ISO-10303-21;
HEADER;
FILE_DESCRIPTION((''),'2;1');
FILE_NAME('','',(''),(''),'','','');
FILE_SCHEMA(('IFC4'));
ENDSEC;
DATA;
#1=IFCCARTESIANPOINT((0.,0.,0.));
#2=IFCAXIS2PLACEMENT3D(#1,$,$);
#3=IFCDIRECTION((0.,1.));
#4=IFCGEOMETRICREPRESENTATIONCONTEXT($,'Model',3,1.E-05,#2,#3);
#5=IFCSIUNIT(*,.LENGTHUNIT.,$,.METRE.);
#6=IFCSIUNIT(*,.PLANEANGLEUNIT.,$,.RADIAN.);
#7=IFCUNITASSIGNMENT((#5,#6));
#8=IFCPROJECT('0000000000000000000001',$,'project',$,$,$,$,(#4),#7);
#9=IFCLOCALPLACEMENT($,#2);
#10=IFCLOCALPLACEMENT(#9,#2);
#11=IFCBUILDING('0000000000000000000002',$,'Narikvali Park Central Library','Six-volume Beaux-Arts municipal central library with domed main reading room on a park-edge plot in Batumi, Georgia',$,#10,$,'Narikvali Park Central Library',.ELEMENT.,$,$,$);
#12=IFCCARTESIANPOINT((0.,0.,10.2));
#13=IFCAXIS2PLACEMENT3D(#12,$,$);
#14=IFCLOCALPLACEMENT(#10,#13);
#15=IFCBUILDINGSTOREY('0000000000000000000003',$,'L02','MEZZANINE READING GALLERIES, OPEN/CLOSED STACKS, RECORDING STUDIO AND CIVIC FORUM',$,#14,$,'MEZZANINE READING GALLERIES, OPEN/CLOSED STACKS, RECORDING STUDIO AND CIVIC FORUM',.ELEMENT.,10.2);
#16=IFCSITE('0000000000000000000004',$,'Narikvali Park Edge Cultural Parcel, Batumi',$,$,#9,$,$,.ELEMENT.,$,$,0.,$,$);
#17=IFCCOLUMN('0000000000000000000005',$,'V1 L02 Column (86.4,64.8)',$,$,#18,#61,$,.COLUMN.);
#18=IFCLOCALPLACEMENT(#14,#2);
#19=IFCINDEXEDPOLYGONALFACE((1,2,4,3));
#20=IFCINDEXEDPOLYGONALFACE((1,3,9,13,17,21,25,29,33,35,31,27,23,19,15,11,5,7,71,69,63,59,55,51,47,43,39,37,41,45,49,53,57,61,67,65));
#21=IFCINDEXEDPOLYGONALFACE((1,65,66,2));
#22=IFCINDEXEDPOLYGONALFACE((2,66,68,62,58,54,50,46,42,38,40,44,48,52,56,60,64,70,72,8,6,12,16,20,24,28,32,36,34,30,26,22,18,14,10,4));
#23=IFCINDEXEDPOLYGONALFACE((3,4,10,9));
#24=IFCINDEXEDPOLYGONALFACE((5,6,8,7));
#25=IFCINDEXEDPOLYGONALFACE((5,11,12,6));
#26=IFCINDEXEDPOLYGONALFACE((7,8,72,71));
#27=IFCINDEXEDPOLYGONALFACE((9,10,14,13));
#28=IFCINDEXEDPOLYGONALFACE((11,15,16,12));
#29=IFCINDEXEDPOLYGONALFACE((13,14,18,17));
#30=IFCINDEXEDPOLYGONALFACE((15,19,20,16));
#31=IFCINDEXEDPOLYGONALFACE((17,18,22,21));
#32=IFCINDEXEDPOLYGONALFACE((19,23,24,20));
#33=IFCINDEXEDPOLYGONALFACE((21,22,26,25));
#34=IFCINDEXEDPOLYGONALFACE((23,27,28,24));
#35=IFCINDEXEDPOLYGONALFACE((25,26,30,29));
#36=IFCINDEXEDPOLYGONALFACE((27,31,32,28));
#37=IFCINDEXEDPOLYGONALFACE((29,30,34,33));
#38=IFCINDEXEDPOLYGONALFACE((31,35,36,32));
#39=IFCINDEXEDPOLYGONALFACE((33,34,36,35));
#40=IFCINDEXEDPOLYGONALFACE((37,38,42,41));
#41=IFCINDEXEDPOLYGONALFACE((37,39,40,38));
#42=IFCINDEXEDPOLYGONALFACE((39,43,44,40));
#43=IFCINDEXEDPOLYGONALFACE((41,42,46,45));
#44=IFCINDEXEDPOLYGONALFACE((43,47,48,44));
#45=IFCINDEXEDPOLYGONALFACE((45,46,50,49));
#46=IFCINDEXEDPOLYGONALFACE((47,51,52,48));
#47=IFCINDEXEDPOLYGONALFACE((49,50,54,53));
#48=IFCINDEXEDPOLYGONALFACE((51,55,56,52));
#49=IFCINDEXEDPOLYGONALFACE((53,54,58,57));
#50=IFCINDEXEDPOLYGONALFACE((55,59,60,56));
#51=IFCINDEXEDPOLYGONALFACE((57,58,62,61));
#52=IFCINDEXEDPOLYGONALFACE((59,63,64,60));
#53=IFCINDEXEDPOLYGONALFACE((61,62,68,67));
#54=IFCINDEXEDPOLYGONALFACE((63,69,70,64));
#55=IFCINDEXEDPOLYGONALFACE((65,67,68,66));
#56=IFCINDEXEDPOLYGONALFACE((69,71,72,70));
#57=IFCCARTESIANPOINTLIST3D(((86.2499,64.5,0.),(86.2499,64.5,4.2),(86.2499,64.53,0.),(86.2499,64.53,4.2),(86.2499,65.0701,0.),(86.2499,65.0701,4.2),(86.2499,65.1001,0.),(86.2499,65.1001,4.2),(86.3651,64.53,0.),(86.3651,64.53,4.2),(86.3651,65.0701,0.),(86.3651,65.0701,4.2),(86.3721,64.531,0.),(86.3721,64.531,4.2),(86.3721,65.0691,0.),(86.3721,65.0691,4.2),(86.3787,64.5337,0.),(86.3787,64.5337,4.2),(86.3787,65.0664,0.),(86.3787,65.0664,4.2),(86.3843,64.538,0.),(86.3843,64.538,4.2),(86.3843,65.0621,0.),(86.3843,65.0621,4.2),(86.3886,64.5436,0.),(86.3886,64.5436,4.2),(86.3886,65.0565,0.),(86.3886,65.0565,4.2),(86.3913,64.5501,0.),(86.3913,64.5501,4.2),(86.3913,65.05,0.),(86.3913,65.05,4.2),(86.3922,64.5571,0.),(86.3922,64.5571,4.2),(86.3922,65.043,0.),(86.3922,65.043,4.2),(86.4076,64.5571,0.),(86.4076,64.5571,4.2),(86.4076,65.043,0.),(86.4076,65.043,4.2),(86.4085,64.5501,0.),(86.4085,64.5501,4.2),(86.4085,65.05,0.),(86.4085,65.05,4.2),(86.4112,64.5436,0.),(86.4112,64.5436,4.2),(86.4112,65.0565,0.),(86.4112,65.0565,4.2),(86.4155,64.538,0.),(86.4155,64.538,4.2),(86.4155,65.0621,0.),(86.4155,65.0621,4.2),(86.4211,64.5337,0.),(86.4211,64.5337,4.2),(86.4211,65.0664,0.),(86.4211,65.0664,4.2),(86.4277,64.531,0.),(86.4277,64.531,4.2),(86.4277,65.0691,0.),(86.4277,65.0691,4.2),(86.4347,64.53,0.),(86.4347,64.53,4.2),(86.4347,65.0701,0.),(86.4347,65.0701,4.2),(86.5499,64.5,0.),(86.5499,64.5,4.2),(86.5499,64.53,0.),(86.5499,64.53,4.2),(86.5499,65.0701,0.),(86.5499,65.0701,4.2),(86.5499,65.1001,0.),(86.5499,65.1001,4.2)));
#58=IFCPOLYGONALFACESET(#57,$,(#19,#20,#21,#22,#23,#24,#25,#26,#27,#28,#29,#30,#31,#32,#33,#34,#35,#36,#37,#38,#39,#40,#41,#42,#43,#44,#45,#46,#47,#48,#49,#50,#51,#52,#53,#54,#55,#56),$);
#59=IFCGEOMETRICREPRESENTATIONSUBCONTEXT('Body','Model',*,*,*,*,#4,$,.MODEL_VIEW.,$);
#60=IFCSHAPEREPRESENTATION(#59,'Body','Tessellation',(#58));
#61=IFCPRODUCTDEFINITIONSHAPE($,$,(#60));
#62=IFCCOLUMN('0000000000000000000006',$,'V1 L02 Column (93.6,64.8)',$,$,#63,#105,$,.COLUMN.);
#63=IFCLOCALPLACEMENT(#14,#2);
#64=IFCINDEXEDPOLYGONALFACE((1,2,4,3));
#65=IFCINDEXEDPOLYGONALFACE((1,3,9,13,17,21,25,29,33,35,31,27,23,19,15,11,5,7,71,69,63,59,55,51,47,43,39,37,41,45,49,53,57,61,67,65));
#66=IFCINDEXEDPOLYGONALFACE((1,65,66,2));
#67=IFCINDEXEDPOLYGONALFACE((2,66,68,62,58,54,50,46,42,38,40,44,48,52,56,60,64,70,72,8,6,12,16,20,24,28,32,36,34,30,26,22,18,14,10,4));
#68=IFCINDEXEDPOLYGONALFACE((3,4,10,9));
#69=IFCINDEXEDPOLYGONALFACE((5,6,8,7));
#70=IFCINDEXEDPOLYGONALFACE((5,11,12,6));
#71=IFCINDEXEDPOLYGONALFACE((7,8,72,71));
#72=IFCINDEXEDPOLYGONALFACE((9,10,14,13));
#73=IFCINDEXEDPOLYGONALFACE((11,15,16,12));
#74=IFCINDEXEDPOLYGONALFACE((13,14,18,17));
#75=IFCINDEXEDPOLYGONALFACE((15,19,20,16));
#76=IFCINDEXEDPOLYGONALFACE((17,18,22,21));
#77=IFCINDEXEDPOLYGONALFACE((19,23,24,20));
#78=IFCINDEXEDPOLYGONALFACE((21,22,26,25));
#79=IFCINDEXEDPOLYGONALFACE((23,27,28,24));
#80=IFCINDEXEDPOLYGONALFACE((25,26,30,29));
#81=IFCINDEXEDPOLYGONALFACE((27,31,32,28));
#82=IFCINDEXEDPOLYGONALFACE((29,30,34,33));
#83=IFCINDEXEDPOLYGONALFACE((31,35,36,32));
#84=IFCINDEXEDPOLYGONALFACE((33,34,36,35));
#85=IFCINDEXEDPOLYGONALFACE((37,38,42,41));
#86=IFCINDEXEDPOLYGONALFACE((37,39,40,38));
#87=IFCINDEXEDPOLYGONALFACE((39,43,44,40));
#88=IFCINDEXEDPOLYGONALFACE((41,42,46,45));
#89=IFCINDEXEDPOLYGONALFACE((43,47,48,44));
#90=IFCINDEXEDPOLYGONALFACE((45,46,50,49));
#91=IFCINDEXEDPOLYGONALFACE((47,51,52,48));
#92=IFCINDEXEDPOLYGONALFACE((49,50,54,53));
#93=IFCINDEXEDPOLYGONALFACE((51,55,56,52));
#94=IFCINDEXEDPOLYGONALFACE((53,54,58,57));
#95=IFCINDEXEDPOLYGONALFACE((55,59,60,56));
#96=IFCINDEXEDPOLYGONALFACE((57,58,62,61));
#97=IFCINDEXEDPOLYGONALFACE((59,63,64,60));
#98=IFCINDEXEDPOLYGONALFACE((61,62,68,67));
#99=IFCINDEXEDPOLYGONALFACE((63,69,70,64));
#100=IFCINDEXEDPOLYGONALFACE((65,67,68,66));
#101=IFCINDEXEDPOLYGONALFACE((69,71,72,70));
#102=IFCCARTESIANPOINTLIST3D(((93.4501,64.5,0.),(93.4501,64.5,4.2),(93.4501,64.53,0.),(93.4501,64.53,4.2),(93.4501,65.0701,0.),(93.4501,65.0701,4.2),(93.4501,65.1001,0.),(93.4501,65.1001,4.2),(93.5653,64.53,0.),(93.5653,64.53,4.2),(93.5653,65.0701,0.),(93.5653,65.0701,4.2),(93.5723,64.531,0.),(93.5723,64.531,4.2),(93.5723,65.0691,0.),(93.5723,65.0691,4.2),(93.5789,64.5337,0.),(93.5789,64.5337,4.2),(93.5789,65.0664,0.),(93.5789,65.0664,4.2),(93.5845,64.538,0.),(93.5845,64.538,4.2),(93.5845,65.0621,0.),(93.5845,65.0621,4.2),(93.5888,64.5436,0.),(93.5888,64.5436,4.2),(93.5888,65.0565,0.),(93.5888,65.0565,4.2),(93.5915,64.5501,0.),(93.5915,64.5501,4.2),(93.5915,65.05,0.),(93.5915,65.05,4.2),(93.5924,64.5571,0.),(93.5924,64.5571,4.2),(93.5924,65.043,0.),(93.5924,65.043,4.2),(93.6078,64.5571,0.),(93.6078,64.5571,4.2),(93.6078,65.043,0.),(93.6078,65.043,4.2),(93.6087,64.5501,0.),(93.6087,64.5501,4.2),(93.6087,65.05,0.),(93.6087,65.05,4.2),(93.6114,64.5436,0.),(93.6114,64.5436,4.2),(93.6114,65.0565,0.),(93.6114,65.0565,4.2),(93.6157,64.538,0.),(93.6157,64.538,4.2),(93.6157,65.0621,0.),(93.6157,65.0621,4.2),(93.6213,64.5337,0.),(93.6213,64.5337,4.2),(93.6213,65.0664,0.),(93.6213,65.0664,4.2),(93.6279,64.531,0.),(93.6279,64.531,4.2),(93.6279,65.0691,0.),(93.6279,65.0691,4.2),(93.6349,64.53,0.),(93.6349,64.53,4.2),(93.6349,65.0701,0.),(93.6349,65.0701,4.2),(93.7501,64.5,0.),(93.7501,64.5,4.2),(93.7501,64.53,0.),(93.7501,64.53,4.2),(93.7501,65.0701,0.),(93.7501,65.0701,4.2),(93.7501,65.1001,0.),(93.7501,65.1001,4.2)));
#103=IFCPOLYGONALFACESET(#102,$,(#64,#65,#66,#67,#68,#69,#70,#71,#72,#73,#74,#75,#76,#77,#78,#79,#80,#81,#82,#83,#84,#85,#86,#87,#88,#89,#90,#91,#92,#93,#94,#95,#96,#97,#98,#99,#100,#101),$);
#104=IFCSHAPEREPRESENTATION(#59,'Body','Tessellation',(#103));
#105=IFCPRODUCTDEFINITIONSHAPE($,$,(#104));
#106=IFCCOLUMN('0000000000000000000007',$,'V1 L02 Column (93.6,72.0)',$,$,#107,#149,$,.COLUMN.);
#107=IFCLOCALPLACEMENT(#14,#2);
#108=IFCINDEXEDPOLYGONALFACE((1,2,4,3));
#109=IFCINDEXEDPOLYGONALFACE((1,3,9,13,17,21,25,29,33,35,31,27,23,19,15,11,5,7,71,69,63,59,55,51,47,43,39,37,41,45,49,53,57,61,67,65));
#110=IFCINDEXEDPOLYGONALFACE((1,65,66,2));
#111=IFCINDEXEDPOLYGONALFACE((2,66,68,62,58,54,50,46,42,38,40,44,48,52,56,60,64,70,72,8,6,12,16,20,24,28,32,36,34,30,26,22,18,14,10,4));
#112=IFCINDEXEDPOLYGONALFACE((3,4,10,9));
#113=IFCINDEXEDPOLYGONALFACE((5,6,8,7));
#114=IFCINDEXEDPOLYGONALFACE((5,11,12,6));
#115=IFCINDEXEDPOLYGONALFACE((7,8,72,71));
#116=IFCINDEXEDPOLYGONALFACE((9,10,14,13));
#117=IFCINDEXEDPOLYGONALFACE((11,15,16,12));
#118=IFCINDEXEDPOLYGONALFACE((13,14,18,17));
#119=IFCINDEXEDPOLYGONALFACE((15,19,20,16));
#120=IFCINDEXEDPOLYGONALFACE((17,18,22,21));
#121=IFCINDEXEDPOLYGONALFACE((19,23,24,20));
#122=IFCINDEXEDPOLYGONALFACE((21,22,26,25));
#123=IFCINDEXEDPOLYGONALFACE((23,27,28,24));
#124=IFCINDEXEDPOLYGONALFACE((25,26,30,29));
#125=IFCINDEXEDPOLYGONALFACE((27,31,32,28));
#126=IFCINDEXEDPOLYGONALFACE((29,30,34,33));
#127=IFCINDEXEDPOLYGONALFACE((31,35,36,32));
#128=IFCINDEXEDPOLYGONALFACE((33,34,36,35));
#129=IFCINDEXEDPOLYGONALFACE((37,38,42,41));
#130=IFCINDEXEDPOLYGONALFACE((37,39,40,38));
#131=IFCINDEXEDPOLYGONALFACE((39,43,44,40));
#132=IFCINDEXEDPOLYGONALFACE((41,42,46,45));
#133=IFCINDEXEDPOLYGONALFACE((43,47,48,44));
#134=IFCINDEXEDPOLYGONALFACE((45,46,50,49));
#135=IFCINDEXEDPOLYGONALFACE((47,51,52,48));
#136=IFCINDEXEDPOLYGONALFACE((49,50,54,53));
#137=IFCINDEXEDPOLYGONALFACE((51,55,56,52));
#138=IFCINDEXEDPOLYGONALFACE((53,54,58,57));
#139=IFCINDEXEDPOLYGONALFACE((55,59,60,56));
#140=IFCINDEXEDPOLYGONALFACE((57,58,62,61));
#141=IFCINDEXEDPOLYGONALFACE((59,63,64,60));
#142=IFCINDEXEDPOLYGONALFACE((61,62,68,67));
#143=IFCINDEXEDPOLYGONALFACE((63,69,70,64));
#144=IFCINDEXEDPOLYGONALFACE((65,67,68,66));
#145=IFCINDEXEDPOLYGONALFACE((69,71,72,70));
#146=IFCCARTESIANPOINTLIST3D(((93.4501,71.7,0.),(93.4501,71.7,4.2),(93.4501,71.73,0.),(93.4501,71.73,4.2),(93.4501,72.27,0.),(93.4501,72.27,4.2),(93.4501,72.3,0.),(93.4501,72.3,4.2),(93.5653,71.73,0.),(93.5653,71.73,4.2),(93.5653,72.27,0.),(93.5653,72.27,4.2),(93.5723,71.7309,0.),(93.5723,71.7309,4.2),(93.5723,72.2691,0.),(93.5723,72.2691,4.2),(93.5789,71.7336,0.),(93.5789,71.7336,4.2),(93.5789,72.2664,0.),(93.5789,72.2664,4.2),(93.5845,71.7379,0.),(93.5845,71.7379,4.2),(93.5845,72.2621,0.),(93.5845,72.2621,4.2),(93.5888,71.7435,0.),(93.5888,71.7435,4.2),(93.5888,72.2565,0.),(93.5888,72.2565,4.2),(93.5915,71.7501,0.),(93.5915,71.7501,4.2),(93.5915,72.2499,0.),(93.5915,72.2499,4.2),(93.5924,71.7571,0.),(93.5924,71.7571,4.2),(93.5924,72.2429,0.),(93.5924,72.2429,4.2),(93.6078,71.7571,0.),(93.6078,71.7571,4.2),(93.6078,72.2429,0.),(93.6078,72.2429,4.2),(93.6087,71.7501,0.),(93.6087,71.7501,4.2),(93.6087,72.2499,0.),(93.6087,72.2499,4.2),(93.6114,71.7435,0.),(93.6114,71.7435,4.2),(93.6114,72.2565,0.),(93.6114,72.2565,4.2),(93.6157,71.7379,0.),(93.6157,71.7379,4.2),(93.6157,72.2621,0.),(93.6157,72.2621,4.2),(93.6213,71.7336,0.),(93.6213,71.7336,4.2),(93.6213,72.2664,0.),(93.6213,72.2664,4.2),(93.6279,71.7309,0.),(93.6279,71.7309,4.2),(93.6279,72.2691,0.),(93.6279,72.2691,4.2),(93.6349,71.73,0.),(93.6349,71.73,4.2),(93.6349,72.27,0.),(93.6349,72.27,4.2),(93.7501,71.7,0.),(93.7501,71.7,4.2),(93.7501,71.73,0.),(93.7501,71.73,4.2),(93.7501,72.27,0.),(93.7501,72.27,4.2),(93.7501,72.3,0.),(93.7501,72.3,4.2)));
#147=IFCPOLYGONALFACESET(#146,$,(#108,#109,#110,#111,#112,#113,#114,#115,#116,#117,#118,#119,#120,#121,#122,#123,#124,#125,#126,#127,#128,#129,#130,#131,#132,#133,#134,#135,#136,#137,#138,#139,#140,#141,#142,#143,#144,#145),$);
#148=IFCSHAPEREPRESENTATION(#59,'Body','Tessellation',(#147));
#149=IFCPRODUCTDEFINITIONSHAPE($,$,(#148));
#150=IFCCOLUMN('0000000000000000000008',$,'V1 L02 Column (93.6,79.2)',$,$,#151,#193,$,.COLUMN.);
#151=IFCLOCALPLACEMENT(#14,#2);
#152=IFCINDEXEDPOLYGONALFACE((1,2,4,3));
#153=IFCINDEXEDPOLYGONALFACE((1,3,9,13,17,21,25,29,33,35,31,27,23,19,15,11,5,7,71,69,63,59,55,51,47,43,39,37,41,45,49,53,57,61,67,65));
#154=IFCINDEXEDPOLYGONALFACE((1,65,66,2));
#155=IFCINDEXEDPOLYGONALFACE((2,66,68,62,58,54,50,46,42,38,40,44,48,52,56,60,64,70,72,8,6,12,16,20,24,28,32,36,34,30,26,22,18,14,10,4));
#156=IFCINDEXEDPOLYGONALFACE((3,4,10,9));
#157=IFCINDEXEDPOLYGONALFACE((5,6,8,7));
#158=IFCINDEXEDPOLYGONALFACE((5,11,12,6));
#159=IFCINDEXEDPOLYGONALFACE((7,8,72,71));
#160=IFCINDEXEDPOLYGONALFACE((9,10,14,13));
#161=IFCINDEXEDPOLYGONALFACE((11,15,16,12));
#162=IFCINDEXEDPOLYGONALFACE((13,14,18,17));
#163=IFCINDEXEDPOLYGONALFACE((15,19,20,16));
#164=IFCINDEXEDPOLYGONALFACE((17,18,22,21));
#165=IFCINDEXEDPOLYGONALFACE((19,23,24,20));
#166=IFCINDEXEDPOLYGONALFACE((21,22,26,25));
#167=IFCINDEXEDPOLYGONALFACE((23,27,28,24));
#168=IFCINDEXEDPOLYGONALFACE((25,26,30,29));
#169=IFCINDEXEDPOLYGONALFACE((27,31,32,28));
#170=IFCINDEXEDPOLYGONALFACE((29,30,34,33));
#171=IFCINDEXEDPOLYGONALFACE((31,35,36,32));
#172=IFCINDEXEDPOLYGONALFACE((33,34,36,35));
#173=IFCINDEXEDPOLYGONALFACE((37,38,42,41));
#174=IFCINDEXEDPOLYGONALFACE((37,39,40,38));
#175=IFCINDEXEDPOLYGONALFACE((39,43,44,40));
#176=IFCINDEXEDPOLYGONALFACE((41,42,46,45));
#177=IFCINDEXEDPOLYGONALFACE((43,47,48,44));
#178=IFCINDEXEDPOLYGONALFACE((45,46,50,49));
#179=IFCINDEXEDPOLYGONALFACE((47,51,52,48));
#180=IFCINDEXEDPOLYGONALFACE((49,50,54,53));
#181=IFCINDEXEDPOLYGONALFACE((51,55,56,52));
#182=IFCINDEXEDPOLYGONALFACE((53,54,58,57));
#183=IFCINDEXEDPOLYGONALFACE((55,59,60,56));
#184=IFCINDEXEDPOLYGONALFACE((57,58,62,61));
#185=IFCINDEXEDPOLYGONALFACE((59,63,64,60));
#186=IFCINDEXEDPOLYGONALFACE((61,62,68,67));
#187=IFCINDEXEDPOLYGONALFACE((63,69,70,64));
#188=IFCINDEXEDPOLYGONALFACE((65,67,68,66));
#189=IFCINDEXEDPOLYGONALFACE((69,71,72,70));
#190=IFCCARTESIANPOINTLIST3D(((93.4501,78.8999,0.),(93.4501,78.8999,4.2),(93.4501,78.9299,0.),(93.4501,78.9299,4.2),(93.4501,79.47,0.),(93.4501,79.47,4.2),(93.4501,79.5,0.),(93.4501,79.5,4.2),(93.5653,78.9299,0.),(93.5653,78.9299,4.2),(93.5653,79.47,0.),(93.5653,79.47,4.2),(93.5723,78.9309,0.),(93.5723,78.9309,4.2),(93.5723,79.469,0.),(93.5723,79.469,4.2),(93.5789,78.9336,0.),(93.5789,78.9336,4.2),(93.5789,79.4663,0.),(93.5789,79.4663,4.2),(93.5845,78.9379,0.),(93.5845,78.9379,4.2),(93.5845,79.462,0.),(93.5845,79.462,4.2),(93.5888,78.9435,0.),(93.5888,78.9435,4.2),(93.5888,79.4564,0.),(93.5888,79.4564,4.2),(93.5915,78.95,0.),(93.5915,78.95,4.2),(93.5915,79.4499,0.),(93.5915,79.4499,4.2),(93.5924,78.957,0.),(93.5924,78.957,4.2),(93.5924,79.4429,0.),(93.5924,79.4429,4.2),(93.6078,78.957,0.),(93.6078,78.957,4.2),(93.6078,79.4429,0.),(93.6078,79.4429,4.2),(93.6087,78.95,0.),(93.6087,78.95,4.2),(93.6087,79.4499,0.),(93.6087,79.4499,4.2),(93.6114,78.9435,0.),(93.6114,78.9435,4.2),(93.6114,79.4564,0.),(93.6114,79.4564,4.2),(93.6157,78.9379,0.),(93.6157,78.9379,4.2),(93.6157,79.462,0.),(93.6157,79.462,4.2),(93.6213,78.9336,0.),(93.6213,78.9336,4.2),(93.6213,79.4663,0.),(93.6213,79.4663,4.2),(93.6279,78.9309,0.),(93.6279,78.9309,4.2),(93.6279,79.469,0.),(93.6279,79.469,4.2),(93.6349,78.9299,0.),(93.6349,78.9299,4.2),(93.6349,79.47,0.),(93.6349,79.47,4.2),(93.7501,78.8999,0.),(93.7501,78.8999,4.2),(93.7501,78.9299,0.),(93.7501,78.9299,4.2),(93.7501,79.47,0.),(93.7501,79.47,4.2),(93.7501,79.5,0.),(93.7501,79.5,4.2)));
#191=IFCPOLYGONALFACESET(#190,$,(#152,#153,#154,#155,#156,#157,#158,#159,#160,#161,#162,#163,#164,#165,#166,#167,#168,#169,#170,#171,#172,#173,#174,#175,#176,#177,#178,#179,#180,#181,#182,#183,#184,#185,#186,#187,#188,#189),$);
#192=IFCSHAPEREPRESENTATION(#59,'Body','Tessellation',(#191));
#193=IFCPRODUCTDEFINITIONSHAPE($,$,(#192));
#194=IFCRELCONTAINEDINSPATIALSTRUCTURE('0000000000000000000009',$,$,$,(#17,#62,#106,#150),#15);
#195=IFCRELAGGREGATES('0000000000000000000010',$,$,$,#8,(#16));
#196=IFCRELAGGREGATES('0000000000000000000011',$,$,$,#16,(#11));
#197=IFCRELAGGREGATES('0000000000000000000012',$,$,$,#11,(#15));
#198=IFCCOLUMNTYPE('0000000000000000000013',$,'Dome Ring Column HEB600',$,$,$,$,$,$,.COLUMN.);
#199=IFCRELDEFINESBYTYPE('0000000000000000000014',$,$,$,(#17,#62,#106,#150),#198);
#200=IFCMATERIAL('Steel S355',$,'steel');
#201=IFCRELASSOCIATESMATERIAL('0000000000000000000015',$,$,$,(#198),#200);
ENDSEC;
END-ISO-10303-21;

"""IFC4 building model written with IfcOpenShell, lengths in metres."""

from ifc_helpers import new_model, si_unit, direction, frame, origin, origin_2d, place, context, subcontext, project, spatial, i_section, extrude, material, material_profile, profile_set, type_object, element, save


model = new_model("IFC4")

# Units and contexts
model_context = context("Model", 3, precision=1e-05, world=origin(), true_north=direction((0.0, 1.0)))
body_context = subcontext(model_context, "Body", "Model", "MODEL_VIEW")
ifc_project = project(units=[si_unit("LENGTHUNIT", "METRE"), si_unit("PLANEANGLEUNIT", "RADIAN")], contexts=[model_context])

# Site, building, storey
site_placement = place(None, origin())
site = spatial("IfcSite", under=ifc_project, at=site_placement, Name="Narikvali Park Edge Cultural Parcel, Batumi", CompositionType="ELEMENT", RefElevation=0.0)
building_placement = place(site_placement, origin())
building = spatial("IfcBuilding", under=site, at=building_placement, Name="Narikvali Park Central Library", Description="Six-volume Beaux-Arts municipal central library with domed main reading room on a park-edge plot in Batumi, Georgia", LongName="Narikvali Park Central Library", CompositionType="ELEMENT")
storey_placement = place(building_placement, frame((0.0, 0.0, 10.2)))
storey = spatial("IfcBuildingStorey", under=building, at=storey_placement, Name="L02", Description="MEZZANINE READING GALLERIES, OPEN/CLOSED STACKS, RECORDING STUDIO AND CIVIC FORUM", LongName="MEZZANINE READING GALLERIES, OPEN/CLOSED STACKS, RECORDING STUDIO AND CIVIC FORUM", CompositionType="ELEMENT", Elevation=10.2)

# Columns
ifc_material_1 = material(Name="Steel S355", Category="steel")
ifc_material_profile_1 = material_profile(ifc_material_1, i_section(OverallWidth=0.3, OverallDepth=0.6001, WebThickness=0.0154, FlangeThickness=0.03, FilletRadius=0.0271, at=origin_2d()), Name="HEB 600")
ifc_profile_set_1 = profile_set([ifc_material_profile_1], Name="Steel S355")
column_type = type_object("IfcColumnType", Name="Dome Ring Column HEB600", PredefinedType="COLUMN", material=ifc_profile_set_1)
for number, where, z_axis, x_axis, name in (
    (1, (86.3999, 64.8, 0.0), (0.0, 0.0, 1.0), (1.0, 0.0, 0.0), "V1 L02 Column (86.4,64.8)"),
    (2, (93.6001, 64.8, 0.0), (0.0, 0.0, 1.0), (1.0, 0.0, 0.0), "V1 L02 Column (93.6,64.8)"),
    (3, (93.6001, 72.0, 0.0), (0.0, 0.0, 1.0), (1.0, 0.0, 0.0), "V1 L02 Column (93.6,72.0)"),
    (4, (93.6001, 79.2, 0.0), (0.0, 0.0, 1.0), (1.0, 0.0, 0.0), "V1 L02 Column (93.6,79.2)"),
):
    element("IfcColumn", number, at=place(storey_placement, frame(where, z_axis=z_axis, x_axis=x_axis)), inside=storey, type_object=column_type, Name=name, PredefinedType="COLUMN", context=body_context, shape_type="SweptSolid", body=[
        extrude(i_section(OverallWidth=0.3, OverallDepth=0.6001, WebThickness=0.0154, FlangeThickness=0.03, FilletRadius=0.0271, at=origin_2d()), origin(), (0.0, 0.0, 1.0), 4.2),
    ])

save(model, "model.ifc")
